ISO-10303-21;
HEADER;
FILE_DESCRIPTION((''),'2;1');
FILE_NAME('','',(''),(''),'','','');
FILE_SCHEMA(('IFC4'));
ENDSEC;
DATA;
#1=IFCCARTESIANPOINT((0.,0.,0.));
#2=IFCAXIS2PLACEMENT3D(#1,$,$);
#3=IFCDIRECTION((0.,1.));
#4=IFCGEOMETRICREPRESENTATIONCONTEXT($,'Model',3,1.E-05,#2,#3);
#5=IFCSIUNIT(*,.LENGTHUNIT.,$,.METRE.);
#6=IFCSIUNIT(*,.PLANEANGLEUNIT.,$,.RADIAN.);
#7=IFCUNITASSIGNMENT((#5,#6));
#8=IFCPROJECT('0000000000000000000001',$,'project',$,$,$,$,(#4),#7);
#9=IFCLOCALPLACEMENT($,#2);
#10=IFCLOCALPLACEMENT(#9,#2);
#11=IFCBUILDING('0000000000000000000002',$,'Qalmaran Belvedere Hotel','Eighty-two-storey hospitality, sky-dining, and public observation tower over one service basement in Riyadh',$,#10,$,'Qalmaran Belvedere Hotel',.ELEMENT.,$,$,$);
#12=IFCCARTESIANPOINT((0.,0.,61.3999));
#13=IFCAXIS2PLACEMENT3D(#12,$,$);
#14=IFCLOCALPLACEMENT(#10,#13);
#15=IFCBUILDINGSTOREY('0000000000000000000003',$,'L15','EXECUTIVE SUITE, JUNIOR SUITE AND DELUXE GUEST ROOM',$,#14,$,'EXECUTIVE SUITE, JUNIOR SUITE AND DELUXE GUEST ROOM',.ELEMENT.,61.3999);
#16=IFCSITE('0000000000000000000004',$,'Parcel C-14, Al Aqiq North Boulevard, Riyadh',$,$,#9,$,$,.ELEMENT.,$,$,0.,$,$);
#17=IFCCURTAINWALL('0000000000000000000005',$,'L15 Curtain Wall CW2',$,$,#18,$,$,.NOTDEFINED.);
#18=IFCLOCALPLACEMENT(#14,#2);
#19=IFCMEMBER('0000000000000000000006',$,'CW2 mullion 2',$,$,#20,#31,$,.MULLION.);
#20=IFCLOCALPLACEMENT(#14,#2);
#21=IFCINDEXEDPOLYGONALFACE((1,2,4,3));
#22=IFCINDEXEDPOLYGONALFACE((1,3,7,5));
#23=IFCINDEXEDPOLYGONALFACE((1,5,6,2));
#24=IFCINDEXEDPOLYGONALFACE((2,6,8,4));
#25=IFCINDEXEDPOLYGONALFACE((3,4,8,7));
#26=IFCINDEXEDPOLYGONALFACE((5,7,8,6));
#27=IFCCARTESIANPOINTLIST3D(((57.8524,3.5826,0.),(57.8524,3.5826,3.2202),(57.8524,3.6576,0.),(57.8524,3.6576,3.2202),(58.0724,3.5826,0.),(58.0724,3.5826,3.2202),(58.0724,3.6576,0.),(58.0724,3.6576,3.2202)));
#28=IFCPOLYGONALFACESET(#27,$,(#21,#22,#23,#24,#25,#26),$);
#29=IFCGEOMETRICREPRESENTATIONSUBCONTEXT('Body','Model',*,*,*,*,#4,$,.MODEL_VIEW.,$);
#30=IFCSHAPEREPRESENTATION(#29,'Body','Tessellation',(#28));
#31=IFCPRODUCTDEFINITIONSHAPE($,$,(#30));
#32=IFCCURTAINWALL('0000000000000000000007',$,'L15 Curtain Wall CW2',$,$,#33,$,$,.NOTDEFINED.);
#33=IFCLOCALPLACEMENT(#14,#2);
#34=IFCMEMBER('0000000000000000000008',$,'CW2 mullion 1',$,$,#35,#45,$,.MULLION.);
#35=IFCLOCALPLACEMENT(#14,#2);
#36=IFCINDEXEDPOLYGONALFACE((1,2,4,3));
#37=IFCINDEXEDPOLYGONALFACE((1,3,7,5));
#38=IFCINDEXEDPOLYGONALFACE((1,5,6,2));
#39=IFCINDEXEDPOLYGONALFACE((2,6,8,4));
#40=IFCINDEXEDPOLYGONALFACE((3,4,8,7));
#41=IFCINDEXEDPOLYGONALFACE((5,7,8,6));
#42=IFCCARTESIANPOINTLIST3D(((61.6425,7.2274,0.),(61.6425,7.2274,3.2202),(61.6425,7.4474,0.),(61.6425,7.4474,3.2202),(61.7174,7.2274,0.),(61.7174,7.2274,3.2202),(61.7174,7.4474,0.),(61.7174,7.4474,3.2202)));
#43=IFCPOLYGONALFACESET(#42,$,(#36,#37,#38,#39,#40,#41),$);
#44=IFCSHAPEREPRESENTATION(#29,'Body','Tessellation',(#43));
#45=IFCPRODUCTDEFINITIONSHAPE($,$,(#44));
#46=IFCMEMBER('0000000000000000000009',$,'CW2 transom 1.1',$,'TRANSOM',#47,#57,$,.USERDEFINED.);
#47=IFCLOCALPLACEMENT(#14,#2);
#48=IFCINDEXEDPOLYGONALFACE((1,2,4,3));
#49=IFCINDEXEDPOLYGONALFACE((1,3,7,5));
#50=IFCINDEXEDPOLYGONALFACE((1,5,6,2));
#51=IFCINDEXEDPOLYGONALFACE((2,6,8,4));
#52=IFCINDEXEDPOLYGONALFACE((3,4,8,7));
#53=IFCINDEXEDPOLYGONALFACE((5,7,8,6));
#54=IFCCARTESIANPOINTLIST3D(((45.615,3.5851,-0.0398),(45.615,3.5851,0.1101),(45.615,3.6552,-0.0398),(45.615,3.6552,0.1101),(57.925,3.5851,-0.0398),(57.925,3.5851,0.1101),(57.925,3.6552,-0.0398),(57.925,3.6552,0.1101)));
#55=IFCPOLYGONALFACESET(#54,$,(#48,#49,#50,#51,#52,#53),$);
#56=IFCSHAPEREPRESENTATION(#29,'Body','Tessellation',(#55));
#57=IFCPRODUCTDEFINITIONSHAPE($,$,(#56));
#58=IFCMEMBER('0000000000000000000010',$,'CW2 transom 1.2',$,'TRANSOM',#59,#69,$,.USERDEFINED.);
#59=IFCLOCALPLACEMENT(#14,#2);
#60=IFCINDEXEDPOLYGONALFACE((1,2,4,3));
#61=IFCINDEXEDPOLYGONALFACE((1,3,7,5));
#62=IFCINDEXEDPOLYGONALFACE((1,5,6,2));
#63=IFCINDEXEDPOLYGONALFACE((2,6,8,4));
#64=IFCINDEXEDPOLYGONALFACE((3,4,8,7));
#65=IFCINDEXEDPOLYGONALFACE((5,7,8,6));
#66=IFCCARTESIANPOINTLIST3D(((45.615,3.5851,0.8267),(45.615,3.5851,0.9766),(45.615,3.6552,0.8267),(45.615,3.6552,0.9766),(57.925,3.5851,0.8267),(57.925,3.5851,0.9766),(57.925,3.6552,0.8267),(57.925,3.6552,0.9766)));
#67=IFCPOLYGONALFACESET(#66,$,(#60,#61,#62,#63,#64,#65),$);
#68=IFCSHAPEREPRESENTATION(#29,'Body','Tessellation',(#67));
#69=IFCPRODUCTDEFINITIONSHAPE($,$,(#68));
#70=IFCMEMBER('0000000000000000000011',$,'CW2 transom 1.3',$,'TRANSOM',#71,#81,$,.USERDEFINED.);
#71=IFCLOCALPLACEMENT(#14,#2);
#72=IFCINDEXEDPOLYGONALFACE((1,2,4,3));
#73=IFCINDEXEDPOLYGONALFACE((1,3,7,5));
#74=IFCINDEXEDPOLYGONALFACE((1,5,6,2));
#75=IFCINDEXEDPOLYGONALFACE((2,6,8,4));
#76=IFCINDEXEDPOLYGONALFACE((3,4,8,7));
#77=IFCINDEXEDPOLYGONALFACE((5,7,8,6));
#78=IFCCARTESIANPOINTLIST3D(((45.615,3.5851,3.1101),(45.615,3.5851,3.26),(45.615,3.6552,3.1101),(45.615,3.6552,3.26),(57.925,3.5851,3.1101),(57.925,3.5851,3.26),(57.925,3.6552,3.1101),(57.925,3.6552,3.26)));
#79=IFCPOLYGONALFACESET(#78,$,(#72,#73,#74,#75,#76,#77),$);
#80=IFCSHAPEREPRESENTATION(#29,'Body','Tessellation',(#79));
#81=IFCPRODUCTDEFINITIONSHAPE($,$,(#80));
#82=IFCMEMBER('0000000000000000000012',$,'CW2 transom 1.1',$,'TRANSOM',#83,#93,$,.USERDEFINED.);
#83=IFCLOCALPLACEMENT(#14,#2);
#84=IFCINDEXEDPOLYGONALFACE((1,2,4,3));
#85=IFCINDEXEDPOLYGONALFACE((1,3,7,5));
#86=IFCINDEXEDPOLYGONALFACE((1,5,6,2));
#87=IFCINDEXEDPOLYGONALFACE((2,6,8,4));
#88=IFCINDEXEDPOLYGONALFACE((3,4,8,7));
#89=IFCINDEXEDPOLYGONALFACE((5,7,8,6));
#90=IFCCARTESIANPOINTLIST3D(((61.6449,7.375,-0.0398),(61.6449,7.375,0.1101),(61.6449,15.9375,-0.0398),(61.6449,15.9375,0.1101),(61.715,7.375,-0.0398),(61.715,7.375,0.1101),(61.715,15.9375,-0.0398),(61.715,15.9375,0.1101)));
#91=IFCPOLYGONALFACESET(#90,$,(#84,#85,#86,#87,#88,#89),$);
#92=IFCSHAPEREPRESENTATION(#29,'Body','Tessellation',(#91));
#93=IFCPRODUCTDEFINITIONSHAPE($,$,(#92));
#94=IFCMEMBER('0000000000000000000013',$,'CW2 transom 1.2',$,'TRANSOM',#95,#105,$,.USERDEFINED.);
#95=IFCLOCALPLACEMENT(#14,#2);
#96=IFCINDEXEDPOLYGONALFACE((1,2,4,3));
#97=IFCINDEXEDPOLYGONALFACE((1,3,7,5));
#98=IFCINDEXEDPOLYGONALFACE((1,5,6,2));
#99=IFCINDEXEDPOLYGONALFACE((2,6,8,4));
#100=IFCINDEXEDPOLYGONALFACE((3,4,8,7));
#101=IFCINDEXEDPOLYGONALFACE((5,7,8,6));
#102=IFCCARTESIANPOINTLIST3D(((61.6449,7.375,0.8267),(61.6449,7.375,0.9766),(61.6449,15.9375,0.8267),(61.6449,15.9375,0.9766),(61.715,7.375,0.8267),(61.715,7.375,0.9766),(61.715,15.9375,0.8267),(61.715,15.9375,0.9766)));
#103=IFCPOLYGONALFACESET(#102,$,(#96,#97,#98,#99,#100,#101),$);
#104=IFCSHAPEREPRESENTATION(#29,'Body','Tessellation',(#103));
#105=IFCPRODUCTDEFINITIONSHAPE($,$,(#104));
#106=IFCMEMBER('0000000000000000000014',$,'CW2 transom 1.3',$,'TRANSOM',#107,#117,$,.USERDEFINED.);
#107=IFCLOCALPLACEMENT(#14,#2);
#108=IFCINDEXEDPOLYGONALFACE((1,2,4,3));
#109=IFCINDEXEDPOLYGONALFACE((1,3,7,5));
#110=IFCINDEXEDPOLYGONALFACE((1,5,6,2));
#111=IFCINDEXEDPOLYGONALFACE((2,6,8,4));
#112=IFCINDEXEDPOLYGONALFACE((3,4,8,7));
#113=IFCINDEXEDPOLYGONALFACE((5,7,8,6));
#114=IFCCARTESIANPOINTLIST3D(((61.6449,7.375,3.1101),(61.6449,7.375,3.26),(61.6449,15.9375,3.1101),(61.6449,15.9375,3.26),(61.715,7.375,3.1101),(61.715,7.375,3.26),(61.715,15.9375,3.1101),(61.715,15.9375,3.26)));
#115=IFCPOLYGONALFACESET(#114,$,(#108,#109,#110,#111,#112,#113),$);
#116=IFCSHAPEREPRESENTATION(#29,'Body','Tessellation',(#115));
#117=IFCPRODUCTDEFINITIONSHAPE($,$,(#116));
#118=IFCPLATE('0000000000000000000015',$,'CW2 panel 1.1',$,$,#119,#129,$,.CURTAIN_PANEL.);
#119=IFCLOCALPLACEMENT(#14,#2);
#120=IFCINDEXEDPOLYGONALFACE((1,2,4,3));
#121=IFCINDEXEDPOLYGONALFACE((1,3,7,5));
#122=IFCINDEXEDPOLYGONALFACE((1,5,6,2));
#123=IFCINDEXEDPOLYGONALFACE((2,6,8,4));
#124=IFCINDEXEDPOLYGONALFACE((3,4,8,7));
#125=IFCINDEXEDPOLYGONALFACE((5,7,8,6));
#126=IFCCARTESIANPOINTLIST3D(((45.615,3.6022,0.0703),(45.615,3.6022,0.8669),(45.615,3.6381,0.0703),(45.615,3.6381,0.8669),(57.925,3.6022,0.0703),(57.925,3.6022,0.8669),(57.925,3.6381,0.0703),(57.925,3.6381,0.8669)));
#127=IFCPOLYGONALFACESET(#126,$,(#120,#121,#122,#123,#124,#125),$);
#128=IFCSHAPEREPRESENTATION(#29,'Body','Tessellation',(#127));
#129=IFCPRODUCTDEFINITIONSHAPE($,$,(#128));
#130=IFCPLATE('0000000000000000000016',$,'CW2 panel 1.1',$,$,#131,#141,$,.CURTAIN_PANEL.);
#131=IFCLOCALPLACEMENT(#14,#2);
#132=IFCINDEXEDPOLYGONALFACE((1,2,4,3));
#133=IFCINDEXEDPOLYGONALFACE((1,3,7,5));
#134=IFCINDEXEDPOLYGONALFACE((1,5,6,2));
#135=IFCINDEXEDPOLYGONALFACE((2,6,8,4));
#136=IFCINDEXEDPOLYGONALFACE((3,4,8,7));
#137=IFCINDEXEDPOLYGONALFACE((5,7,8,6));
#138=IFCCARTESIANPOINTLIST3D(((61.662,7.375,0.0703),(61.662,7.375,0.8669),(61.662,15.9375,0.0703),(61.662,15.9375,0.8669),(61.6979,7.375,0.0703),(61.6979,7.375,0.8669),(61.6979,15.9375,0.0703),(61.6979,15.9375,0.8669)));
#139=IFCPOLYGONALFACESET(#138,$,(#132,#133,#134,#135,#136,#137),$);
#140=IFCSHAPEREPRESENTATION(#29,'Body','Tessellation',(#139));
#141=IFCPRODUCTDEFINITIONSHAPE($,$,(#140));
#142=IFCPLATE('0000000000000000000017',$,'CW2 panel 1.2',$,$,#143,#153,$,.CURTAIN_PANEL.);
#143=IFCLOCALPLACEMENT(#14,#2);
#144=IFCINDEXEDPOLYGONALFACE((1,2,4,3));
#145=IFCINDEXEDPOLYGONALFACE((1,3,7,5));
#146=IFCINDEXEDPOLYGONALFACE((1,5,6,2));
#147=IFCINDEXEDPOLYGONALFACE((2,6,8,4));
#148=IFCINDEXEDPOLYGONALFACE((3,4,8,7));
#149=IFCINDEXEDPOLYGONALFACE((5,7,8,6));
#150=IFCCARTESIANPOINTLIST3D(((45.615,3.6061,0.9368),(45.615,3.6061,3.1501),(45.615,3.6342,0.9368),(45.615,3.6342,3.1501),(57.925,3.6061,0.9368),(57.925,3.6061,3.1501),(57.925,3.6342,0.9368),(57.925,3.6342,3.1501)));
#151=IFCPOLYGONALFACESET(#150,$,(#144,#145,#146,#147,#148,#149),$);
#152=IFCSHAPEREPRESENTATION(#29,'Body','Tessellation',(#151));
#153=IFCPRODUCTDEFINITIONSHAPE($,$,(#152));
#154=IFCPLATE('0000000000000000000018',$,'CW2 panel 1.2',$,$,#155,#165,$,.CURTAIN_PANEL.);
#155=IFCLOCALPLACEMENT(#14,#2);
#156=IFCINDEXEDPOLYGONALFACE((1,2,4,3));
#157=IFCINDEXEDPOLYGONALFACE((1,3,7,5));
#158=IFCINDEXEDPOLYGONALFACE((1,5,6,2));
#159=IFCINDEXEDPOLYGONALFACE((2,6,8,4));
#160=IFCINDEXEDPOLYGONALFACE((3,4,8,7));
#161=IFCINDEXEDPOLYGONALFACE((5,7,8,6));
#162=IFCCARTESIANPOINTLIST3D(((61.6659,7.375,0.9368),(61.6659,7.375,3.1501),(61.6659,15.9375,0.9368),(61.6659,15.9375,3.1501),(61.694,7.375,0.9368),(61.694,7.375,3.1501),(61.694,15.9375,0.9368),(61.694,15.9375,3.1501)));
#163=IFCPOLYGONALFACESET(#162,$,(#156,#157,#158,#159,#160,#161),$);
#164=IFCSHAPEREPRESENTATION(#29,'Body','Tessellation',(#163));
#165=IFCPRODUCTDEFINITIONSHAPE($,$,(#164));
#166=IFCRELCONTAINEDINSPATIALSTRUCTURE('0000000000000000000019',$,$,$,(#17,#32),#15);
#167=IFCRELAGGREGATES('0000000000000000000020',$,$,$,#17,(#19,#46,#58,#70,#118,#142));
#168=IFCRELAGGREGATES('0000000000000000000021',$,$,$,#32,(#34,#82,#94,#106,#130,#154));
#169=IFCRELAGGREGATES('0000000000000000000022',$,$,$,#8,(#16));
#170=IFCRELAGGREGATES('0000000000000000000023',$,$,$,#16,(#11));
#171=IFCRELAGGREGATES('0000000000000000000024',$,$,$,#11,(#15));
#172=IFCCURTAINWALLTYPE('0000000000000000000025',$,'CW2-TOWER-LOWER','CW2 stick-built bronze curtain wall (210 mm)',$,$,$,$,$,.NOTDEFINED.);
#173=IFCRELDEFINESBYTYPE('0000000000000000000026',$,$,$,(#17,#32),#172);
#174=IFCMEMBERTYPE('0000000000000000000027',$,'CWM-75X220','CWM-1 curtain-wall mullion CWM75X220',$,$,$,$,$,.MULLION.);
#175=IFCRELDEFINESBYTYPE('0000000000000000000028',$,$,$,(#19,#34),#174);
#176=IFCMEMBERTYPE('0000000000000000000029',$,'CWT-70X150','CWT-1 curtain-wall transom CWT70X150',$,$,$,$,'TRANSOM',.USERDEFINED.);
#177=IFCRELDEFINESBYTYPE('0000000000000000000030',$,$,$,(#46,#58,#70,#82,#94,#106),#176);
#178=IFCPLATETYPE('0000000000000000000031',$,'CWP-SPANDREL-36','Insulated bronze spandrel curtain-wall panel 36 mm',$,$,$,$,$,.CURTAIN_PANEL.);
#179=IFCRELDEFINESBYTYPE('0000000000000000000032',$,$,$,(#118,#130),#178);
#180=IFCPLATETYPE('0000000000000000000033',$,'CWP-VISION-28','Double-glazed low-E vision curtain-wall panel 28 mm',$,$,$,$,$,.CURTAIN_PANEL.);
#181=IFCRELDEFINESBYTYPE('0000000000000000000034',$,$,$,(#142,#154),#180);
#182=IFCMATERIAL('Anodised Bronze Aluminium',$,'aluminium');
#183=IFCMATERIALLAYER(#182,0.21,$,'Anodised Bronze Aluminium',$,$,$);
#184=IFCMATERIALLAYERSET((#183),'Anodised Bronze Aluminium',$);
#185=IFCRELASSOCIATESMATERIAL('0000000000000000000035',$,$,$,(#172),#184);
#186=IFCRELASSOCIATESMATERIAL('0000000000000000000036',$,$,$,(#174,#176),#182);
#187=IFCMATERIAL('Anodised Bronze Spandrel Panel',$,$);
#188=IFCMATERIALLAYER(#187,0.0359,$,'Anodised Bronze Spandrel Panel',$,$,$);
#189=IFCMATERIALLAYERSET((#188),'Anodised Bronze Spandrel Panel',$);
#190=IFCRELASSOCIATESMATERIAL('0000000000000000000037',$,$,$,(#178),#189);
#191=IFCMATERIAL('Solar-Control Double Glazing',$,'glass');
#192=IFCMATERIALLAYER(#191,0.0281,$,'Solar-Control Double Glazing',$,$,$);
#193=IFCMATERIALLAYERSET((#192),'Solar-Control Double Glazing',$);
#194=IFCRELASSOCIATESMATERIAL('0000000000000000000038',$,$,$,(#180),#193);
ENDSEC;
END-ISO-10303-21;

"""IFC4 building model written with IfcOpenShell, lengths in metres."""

from ifc_helpers import new_model, si_unit, direction, frame, origin, origin_2d, place, context, subcontext, project, spatial, rectangle, extrude, material, layer, layer_set, material_profile, profile_set, type_object, element, aggregate, save


model = new_model("IFC4")

# Units and contexts
model_context = context("Model", 3, precision=1e-05, world=origin(), true_north=direction((0.0, 1.0)))
body_context = subcontext(model_context, "Body", "Model", "MODEL_VIEW")
ifc_project = project(units=[si_unit("LENGTHUNIT", "METRE"), si_unit("PLANEANGLEUNIT", "RADIAN")], contexts=[model_context])

# Site, building, storey
site_placement = place(None, origin())
site = spatial("IfcSite", under=ifc_project, at=site_placement, Name="Parcel C-14, Al Aqiq North Boulevard, Riyadh", CompositionType="ELEMENT", RefElevation=0.0)
building_placement = place(site_placement, origin())
building = spatial("IfcBuilding", under=site, at=building_placement, Name="Qalmaran Belvedere Hotel", Description="Eighty-two-storey hospitality, sky-dining, and public observation tower over one service basement in Riyadh", LongName="Qalmaran Belvedere Hotel", CompositionType="ELEMENT")
storey_placement = place(building_placement, frame((0.0, 0.0, 61.3999)))
storey = spatial("IfcBuildingStorey", under=building, at=storey_placement, Name="L15", Description="EXECUTIVE SUITE, JUNIOR SUITE AND DELUXE GUEST ROOM", LongName="EXECUTIVE SUITE, JUNIOR SUITE AND DELUXE GUEST ROOM", CompositionType="ELEMENT", Elevation=61.3999)

# Curtain wall, member
ifc_material_1 = material(Name="Anodised Bronze Aluminium", Category="aluminium")
ifc_layer_1 = layer(ifc_material_1, 0.21, Name="Anodised Bronze Aluminium")
ifc_layer_set_1 = layer_set([ifc_layer_1], Name="Anodised Bronze Aluminium")
curtain_wall_type = type_object("IfcCurtainWallType", Name="CW2-TOWER-LOWER", Description="CW2 stick-built bronze curtain wall (210 mm)", PredefinedType="NOTDEFINED", material=ifc_layer_set_1)
curtain_wall_1_placement = place(storey_placement, origin())
curtain_wall_1 = element("IfcCurtainWall", 1, at=curtain_wall_1_placement, inside=storey, type_object=curtain_wall_type, Name="L15 Curtain Wall CW2", PredefinedType="NOTDEFINED")
ifc_material_profile_1 = material_profile(ifc_material_1, rectangle(XDim=0.075, YDim=0.22, at=origin_2d()), Name="CWM75X220")
ifc_profile_set_1 = profile_set([ifc_material_profile_1], Name="Anodised Bronze Aluminium")
member_type_1 = type_object("IfcMemberType", Name="CWM-75X220", Description="CWM-1 curtain-wall mullion CWM75X220", PredefinedType="MULLION", material=ifc_profile_set_1)
member_1_placement = place(storey_placement, frame((57.9624, 3.6201, 0.0), z_axis=(0.0, 0.0, 1.0), x_axis=(0.0, 1.0, 0.0)))
member_1 = element("IfcMember", 2, at=member_1_placement, type_object=member_type_1, Name="CW2 mullion 2", PredefinedType="MULLION", context=body_context, shape_type="SweptSolid", body=[
    extrude(rectangle(XDim=0.075, YDim=0.22, at=origin_2d()), origin(), (0.0, 0.0, 1.0), 3.2202),
])

# Curtain wall, member
curtain_wall_2_placement = place(storey_placement, origin())
curtain_wall_2 = element("IfcCurtainWall", 3, at=curtain_wall_2_placement, inside=storey, type_object=curtain_wall_type, Name="L15 Curtain Wall CW2", PredefinedType="NOTDEFINED")
member_2_placement = place(storey_placement, frame((61.6799, 7.3374, 0.0), z_axis=(0.0, 0.0, 1.0), x_axis=(-1.0, 0.0, 0.0)))
member_2 = element("IfcMember", 4, at=member_2_placement, type_object=member_type_1, Name="CW2 mullion 1", PredefinedType="MULLION", context=body_context, shape_type="SweptSolid", body=[
    extrude(rectangle(XDim=0.075, YDim=0.22, at=origin_2d()), origin(), (0.0, 0.0, 1.0), 3.2202),
])

# Members
ifc_material_profile_2 = material_profile(ifc_material_1, rectangle(XDim=0.0701, YDim=0.1499, at=origin_2d()), Name="CWT70X150")
ifc_profile_set_2 = profile_set([ifc_material_profile_2], Name="Anodised Bronze Aluminium")
member_type_2 = type_object("IfcMemberType", Name="CWT-70X150", Description="CWT-1 curtain-wall transom CWT70X150", ElementType="TRANSOM", PredefinedType="USERDEFINED", material=ifc_profile_set_2)
member_3_placement = place(storey_placement, frame((45.615, 3.6201, 0.0352), z_axis=(1.0, 0.0, 0.0), x_axis=(0.0, 1.0, 0.0)))
member_3 = element("IfcMember", 5, at=member_3_placement, type_object=member_type_2, Name="CW2 transom 1.1", ObjectType="TRANSOM", PredefinedType="USERDEFINED", context=body_context, shape_type="SweptSolid", body=[
    extrude(rectangle(XDim=0.0701, YDim=0.1499, at=origin_2d()), origin(), (0.0, 0.0, 1.0), 12.3101),
])
member_4_placement = place(storey_placement, frame((45.615, 3.6201, 0.9016), z_axis=(1.0, 0.0, 0.0), x_axis=(0.0, 1.0, 0.0)))
member_4 = element("IfcMember", 6, at=member_4_placement, type_object=member_type_2, Name="CW2 transom 1.2", ObjectType="TRANSOM", PredefinedType="USERDEFINED", context=body_context, shape_type="SweptSolid", body=[
    extrude(rectangle(XDim=0.0701, YDim=0.1499, at=origin_2d()), origin(), (0.0, 0.0, 1.0), 12.3101),
])
member_5_placement = place(storey_placement, frame((45.615, 3.6201, 3.1851), z_axis=(1.0, 0.0, 0.0), x_axis=(0.0, 1.0, 0.0)))
member_5 = element("IfcMember", 7, at=member_5_placement, type_object=member_type_2, Name="CW2 transom 1.3", ObjectType="TRANSOM", PredefinedType="USERDEFINED", context=body_context, shape_type="SweptSolid", body=[
    extrude(rectangle(XDim=0.0701, YDim=0.1499, at=origin_2d()), origin(), (0.0, 0.0, 1.0), 12.3101),
])
member_6_placement = place(storey_placement, frame((61.6799, 7.375, 0.0352), z_axis=(0.0, 1.0, 0.0), x_axis=(-1.0, 0.0, 0.0)))
member_6 = element("IfcMember", 8, at=member_6_placement, type_object=member_type_2, Name="CW2 transom 1.1", ObjectType="TRANSOM", PredefinedType="USERDEFINED", context=body_context, shape_type="SweptSolid", body=[
    extrude(rectangle(XDim=0.0701, YDim=0.1499, at=origin_2d()), origin(), (0.0, 0.0, 1.0), 8.5625),
])
member_7_placement = place(storey_placement, frame((61.6799, 7.375, 0.9016), z_axis=(0.0, 1.0, 0.0), x_axis=(-1.0, 0.0, 0.0)))
member_7 = element("IfcMember", 9, at=member_7_placement, type_object=member_type_2, Name="CW2 transom 1.2", ObjectType="TRANSOM", PredefinedType="USERDEFINED", context=body_context, shape_type="SweptSolid", body=[
    extrude(rectangle(XDim=0.0701, YDim=0.1499, at=origin_2d()), origin(), (0.0, 0.0, 1.0), 8.5625),
])
member_8_placement = place(storey_placement, frame((61.6799, 7.375, 3.1851), z_axis=(0.0, 1.0, 0.0), x_axis=(-1.0, 0.0, 0.0)))
member_8 = element("IfcMember", 10, at=member_8_placement, type_object=member_type_2, Name="CW2 transom 1.3", ObjectType="TRANSOM", PredefinedType="USERDEFINED", context=body_context, shape_type="SweptSolid", body=[
    extrude(rectangle(XDim=0.0701, YDim=0.1499, at=origin_2d()), origin(), (0.0, 0.0, 1.0), 8.5625),
])

# Plates
ifc_material_2 = material(Name="Anodised Bronze Spandrel Panel")
ifc_layer_2 = layer(ifc_material_2, 0.0359, Name="Anodised Bronze Spandrel Panel")
ifc_layer_set_2 = layer_set([ifc_layer_2], Name="Anodised Bronze Spandrel Panel")
plate_type_1 = type_object("IfcPlateType", Name="CWP-SPANDREL-36", Description="Insulated bronze spandrel curtain-wall panel 36 mm", PredefinedType="CURTAIN_PANEL", material=ifc_layer_set_2)
plate_1_placement = place(storey_placement, frame((51.77, 3.6201, 0.0703), z_axis=(0.0, 0.0, 1.0), x_axis=(1.0, 0.0, 0.0)))
plate_1 = element("IfcPlate", 11, at=plate_1_placement, type_object=plate_type_1, Name="CW2 panel 1.1", PredefinedType="CURTAIN_PANEL", context=body_context, shape_type="SweptSolid", body=[
    extrude(rectangle(XDim=12.3101, YDim=0.0359, at=origin_2d()), origin(), (0.0, 0.0, 1.0), 0.7966),
])
plate_2_placement = place(storey_placement, frame((61.6799, 11.6562, 0.0703), z_axis=(0.0, 0.0, 1.0), x_axis=(0.0, 1.0, 0.0)))
plate_2 = element("IfcPlate", 12, at=plate_2_placement, type_object=plate_type_1, Name="CW2 panel 1.1", PredefinedType="CURTAIN_PANEL", context=body_context, shape_type="SweptSolid", body=[
    extrude(rectangle(XDim=8.5625, YDim=0.0359, at=origin_2d()), origin(), (0.0, 0.0, 1.0), 0.7966),
])
ifc_material_3 = material(Name="Solar-Control Double Glazing", Category="glass")
ifc_layer_3 = layer(ifc_material_3, 0.0281, Name="Solar-Control Double Glazing")
ifc_layer_set_3 = layer_set([ifc_layer_3], Name="Solar-Control Double Glazing")
plate_type_2 = type_object("IfcPlateType", Name="CWP-VISION-28", Description="Double-glazed low-E vision curtain-wall panel 28 mm", PredefinedType="CURTAIN_PANEL", material=ifc_layer_set_3)
plate_3_placement = place(storey_placement, frame((51.77, 3.6201, 0.9368), z_axis=(0.0, 0.0, 1.0), x_axis=(1.0, 0.0, 0.0)))
plate_3 = element("IfcPlate", 13, at=plate_3_placement, type_object=plate_type_2, Name="CW2 panel 1.2", PredefinedType="CURTAIN_PANEL", context=body_context, shape_type="SweptSolid", body=[
    extrude(rectangle(XDim=12.3101, YDim=0.0281, at=origin_2d()), origin(), (0.0, 0.0, 1.0), 2.2134),
])
aggregate(curtain_wall_1, [member_1, member_3, member_4, member_5, plate_1, plate_3])
plate_4_placement = place(storey_placement, frame((61.6799, 11.6562, 0.9368), z_axis=(0.0, 0.0, 1.0), x_axis=(0.0, 1.0, 0.0)))
plate_4 = element("IfcPlate", 14, at=plate_4_placement, type_object=plate_type_2, Name="CW2 panel 1.2", PredefinedType="CURTAIN_PANEL", context=body_context, shape_type="SweptSolid", body=[
    extrude(rectangle(XDim=8.5625, YDim=0.0281, at=origin_2d()), origin(), (0.0, 0.0, 1.0), 2.2134),
])
aggregate(curtain_wall_2, [member_2, member_6, member_7, member_8, plate_2, plate_4])

save(model, "model.ifc")
